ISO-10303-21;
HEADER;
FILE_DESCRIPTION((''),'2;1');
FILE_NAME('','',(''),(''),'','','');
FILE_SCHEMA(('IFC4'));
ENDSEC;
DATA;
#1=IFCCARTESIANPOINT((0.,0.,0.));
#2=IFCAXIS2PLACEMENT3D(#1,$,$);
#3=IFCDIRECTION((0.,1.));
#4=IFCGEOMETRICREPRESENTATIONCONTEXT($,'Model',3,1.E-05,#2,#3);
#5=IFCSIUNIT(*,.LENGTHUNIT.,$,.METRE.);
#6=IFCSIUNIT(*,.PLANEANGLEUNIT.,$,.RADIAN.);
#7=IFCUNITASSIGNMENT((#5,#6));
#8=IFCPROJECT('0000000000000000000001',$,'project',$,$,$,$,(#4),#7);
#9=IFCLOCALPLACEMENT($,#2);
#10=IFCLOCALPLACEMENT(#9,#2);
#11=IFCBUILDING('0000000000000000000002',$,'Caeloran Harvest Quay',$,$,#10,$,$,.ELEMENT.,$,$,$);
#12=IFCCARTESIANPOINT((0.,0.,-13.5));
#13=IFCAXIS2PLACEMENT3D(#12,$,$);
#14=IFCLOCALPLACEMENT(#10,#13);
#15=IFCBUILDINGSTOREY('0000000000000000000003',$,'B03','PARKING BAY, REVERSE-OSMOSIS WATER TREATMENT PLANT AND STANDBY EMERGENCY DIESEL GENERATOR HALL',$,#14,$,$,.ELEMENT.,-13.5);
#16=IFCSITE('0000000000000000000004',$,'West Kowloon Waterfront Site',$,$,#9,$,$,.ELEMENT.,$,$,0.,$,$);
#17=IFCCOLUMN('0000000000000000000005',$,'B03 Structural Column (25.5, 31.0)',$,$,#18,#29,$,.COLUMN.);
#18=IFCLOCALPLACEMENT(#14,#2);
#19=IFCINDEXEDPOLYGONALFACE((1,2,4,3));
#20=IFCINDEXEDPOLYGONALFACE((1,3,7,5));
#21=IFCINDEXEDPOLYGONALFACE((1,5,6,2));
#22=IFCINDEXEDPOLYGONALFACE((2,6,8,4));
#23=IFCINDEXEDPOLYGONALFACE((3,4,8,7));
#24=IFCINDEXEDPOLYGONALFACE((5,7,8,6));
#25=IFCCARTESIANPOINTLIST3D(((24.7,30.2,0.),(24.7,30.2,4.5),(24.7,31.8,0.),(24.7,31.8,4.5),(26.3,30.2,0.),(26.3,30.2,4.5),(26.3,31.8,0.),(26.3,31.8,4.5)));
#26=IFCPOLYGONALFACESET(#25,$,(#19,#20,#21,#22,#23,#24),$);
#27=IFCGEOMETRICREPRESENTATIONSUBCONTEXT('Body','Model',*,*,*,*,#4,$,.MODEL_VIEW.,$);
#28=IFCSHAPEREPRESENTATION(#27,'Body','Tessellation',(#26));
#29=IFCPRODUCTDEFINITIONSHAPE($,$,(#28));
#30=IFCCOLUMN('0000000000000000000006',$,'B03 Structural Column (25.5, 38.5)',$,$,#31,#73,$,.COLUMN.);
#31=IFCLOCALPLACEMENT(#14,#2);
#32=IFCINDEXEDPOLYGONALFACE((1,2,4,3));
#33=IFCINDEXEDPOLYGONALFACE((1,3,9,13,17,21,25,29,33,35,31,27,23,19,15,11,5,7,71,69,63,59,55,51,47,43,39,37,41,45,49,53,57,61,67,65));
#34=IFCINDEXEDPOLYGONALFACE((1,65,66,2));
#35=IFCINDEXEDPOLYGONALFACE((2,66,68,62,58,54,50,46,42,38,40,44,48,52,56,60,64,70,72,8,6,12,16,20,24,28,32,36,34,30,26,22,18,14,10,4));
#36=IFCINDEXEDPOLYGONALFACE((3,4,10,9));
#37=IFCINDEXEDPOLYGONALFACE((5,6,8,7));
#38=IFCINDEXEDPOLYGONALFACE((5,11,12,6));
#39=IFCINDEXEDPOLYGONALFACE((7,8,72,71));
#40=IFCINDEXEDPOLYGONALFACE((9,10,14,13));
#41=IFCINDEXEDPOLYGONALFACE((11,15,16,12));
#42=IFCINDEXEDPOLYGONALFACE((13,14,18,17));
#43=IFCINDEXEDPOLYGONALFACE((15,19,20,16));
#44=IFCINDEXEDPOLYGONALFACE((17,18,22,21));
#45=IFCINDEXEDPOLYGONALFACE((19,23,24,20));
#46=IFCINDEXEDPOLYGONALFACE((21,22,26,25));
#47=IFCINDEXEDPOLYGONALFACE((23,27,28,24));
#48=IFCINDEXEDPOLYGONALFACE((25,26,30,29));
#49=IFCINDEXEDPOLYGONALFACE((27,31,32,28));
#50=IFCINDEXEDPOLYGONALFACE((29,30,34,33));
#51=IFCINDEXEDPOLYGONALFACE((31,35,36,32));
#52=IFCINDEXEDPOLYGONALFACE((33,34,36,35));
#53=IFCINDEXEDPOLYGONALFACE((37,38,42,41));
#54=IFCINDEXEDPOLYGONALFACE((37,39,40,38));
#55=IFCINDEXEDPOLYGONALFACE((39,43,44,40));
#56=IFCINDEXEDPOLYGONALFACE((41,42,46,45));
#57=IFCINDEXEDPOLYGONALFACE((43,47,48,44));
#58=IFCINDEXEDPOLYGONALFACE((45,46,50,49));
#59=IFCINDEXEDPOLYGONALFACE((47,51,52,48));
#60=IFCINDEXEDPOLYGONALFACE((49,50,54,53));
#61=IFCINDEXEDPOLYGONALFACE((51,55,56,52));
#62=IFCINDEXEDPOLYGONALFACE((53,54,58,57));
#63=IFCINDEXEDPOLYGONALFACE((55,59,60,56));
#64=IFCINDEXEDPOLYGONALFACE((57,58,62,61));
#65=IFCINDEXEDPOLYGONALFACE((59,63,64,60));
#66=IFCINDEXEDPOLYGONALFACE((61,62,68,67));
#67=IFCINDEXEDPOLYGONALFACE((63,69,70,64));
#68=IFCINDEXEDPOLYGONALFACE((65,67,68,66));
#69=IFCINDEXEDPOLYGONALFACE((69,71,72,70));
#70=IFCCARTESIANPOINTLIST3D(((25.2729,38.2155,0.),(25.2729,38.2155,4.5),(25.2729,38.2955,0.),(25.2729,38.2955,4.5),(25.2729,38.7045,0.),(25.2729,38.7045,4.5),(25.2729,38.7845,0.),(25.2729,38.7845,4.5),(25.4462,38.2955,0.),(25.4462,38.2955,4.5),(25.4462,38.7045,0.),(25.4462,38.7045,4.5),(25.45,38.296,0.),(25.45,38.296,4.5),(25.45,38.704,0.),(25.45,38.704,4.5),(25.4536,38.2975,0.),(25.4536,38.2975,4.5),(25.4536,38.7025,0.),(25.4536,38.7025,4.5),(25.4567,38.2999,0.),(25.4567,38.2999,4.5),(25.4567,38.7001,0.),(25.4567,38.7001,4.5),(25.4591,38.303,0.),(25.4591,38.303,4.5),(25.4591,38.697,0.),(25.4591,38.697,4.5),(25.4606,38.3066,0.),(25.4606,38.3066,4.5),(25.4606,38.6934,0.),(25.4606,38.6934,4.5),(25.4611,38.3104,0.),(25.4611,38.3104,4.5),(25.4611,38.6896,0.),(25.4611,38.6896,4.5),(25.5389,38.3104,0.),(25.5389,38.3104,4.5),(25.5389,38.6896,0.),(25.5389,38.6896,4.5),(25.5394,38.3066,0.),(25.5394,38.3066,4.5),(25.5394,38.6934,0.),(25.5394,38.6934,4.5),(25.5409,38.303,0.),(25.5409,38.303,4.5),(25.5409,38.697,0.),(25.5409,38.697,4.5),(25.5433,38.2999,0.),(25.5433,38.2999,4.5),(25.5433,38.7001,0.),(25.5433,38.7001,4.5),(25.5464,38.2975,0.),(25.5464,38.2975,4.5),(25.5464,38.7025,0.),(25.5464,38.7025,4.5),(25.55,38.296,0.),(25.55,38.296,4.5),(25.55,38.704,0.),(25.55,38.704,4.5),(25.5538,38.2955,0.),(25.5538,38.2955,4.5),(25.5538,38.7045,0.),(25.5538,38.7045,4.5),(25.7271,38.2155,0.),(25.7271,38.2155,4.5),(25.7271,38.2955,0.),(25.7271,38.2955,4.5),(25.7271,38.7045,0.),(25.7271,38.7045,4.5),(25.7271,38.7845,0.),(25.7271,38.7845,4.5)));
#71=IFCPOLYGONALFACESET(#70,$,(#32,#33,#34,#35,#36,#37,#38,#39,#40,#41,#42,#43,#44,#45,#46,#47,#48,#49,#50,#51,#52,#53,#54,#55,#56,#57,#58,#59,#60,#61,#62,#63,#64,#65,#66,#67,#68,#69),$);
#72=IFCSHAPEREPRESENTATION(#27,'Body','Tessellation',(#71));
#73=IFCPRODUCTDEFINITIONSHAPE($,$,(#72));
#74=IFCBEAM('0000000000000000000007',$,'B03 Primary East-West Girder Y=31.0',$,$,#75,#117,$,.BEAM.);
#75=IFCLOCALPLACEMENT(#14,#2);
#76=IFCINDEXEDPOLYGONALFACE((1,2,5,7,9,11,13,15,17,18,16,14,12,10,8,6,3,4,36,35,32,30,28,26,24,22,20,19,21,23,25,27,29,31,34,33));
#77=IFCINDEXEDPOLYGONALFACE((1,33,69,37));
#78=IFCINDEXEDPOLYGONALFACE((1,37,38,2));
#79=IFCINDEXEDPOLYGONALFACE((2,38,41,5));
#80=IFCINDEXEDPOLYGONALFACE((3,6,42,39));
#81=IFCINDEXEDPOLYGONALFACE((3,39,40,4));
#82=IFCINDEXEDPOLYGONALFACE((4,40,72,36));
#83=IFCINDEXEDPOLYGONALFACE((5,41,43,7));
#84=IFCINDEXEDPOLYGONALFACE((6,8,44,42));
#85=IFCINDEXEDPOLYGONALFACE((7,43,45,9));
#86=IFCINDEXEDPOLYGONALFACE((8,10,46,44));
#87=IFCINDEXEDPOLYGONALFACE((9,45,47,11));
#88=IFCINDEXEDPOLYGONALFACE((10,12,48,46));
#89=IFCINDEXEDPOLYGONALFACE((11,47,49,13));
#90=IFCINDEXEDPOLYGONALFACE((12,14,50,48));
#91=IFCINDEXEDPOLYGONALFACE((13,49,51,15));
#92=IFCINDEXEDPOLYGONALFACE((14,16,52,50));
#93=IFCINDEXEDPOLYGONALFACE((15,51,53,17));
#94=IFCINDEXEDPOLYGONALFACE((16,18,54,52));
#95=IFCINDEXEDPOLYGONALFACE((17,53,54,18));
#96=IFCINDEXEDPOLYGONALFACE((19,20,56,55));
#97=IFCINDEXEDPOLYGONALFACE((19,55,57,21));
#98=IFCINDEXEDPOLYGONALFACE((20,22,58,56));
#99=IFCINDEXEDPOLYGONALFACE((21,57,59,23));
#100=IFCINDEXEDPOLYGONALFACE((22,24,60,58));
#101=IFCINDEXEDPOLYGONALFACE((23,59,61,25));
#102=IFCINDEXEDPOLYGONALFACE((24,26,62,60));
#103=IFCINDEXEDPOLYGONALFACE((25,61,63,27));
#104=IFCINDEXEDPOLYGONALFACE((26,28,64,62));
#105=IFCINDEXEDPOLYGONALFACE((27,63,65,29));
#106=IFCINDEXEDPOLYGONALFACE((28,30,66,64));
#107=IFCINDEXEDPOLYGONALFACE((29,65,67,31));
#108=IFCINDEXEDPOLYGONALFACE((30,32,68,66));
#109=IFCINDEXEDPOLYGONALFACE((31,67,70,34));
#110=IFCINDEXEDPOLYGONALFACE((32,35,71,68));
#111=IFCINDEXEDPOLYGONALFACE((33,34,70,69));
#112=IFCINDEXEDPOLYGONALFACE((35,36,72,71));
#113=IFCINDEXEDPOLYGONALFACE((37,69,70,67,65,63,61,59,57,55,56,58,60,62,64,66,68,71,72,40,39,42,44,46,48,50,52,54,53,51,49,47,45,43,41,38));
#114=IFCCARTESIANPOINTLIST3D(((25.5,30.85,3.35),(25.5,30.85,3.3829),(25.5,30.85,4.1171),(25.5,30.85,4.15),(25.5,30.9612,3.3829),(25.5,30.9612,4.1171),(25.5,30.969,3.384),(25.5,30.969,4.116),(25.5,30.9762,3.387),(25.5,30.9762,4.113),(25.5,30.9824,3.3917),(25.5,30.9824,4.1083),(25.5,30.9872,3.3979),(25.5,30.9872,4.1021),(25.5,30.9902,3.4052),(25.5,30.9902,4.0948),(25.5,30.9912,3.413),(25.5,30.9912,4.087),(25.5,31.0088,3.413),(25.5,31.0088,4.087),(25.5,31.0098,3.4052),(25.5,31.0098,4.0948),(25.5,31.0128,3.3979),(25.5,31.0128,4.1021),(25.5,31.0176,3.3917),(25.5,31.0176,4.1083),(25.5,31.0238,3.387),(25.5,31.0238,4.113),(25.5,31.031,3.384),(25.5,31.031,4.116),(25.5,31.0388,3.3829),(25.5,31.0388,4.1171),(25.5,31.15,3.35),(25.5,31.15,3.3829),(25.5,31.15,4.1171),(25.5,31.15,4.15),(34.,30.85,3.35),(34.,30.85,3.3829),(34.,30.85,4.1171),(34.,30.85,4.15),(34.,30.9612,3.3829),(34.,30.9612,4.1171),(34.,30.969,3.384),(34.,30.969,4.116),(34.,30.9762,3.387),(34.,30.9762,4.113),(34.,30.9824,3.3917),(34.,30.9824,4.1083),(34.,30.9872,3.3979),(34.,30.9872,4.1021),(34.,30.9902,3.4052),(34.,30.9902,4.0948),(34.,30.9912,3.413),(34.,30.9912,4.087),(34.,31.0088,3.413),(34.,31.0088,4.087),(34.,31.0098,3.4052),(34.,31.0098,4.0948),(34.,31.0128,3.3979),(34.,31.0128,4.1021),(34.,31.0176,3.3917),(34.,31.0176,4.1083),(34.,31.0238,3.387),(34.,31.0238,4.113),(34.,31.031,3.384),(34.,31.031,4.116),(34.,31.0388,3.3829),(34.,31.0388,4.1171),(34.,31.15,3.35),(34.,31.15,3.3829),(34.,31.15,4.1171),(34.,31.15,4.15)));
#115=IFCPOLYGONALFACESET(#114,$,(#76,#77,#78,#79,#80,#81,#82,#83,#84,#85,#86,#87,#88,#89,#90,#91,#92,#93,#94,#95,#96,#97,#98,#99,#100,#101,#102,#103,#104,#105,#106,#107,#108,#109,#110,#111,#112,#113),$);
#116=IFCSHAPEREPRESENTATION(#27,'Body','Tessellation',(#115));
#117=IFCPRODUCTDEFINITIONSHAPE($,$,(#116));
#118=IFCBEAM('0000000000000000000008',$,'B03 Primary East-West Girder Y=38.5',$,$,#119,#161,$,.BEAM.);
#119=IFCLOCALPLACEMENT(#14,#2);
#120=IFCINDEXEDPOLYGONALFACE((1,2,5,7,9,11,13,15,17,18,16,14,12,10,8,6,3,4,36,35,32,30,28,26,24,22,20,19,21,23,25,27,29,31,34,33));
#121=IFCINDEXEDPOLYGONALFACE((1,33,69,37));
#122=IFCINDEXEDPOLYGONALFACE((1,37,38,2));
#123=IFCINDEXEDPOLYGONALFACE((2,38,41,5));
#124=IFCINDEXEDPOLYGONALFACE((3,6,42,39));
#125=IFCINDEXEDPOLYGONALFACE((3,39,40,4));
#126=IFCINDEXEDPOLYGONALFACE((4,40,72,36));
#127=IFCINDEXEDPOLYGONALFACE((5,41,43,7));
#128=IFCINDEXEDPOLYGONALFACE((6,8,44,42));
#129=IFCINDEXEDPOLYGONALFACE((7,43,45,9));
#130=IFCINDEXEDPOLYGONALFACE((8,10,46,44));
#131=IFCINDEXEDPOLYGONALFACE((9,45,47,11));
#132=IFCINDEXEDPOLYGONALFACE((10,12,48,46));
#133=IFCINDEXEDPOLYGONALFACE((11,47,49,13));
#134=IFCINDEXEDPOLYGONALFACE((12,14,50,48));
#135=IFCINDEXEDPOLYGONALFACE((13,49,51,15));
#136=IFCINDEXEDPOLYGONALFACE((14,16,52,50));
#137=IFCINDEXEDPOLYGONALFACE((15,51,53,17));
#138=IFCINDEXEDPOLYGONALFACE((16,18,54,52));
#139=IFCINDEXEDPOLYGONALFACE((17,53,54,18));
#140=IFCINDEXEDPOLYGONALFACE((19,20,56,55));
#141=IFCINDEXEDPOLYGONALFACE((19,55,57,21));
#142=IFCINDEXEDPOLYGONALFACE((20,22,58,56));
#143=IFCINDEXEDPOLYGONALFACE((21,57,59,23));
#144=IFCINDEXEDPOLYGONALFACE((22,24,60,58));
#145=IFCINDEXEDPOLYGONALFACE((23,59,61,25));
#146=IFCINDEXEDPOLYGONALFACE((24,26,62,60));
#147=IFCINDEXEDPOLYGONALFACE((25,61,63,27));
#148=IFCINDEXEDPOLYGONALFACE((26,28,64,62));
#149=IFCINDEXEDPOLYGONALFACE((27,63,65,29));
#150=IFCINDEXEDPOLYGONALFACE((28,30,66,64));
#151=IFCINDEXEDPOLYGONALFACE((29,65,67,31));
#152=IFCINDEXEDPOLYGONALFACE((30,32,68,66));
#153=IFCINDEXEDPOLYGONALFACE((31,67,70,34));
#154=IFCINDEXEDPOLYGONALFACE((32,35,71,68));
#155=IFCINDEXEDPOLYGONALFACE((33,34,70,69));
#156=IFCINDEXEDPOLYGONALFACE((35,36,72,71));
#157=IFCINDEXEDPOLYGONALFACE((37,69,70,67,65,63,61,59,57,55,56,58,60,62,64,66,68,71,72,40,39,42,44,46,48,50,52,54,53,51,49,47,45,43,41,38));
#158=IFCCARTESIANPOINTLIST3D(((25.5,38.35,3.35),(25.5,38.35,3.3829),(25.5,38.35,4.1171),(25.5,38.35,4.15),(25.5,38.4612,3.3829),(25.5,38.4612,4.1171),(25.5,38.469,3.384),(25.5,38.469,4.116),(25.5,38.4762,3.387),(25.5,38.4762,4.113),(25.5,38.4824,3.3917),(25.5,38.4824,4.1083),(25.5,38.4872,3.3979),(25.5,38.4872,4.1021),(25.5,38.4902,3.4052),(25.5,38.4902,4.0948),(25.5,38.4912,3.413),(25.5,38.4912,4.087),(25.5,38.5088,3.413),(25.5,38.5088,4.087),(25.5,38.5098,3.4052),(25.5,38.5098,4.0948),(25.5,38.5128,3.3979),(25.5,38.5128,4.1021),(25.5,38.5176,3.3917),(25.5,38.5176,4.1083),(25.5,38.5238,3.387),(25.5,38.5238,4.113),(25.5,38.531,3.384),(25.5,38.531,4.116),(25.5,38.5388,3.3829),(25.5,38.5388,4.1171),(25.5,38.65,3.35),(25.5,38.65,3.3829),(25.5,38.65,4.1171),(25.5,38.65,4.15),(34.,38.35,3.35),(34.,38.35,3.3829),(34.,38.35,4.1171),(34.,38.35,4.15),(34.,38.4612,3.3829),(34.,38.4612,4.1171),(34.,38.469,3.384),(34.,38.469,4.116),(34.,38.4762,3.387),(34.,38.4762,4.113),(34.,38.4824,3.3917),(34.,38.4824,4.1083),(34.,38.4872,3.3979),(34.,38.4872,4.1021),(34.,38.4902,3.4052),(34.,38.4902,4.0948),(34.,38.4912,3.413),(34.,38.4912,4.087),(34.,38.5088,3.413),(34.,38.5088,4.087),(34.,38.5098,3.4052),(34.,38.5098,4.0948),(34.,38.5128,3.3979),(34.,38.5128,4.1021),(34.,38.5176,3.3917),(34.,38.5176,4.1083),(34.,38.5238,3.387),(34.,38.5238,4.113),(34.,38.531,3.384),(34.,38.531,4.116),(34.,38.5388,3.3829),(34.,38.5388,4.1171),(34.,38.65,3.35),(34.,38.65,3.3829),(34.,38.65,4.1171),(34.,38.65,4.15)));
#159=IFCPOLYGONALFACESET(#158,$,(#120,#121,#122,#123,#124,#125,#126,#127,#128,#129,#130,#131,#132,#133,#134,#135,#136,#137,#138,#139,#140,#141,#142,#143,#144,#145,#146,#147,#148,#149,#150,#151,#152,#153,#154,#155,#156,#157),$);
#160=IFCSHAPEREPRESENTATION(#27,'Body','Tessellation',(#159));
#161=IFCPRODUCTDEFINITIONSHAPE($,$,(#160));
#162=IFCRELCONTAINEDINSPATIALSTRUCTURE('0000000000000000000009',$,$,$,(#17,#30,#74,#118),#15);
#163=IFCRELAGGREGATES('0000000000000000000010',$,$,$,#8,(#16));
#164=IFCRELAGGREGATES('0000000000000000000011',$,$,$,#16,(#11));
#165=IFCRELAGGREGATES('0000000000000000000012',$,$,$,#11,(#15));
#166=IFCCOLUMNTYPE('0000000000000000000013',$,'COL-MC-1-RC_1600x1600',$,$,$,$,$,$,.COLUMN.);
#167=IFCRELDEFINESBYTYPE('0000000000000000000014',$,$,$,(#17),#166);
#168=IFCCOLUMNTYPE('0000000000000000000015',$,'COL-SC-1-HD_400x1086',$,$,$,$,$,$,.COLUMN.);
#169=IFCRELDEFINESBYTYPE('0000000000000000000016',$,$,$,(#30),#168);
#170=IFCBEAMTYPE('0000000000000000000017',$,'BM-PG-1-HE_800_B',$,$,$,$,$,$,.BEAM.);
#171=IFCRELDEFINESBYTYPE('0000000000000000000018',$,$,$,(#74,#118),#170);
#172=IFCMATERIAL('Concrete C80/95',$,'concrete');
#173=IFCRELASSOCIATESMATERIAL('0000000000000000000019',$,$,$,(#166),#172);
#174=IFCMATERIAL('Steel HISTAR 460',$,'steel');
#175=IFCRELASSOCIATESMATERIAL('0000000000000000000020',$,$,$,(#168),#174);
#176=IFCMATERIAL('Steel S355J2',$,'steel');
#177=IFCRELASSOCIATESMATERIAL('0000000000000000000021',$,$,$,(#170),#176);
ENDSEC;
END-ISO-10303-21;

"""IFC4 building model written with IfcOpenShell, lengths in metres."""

from ifc_helpers import new_model, si_unit, direction, frame, origin, origin_2d, place, context, subcontext, project, spatial, rectangle, i_section, extrude, material, material_profile, profile_set, type_object, element, save


model = new_model("IFC4")

# Units and contexts
model_context = context("Model", 3, precision=1e-05, world=origin(), true_north=direction((0.0, 1.0)))
body_context = subcontext(model_context, "Body", "Model", "MODEL_VIEW")
ifc_project = project(units=[si_unit("LENGTHUNIT", "METRE"), si_unit("PLANEANGLEUNIT", "RADIAN")], contexts=[model_context])

# Site, building, storey
site_placement = place(None, origin())
site = spatial("IfcSite", under=ifc_project, at=site_placement, Name="West Kowloon Waterfront Site", CompositionType="ELEMENT", RefElevation=0.0)
building_placement = place(site_placement, origin())
building = spatial("IfcBuilding", under=site, at=building_placement, Name="Caeloran Harvest Quay", CompositionType="ELEMENT")
storey_placement = place(building_placement, frame((0.0, 0.0, -13.5)))
storey = spatial("IfcBuildingStorey", under=building, at=storey_placement, Name="B03", Description="PARKING BAY, REVERSE-OSMOSIS WATER TREATMENT PLANT AND STANDBY EMERGENCY DIESEL GENERATOR HALL", CompositionType="ELEMENT", Elevation=-13.5)

# Columns
ifc_material_1 = material(Name="Concrete C80/95", Category="concrete")
ifc_material_profile_1 = material_profile(ifc_material_1, rectangle(XDim=1.6001, YDim=1.6001, at=origin_2d()), Name="RC 1600x1600")
ifc_profile_set_1 = profile_set([ifc_material_profile_1], Name="Concrete C80/95")
column_type_1 = type_object("IfcColumnType", Name="COL-MC-1-RC_1600x1600", PredefinedType="COLUMN", material=ifc_profile_set_1)
column_1_placement = place(storey_placement, frame((25.5, 31.0, 0.0), z_axis=(0.0, 0.0, 1.0), x_axis=(1.0, 0.0, 0.0)))
element("IfcColumn", 1, at=column_1_placement, inside=storey, type_object=column_type_1, Name="B03 Structural Column (25.5, 31.0)", PredefinedType="COLUMN", context=body_context, shape_type="SweptSolid", body=[
    extrude(rectangle(XDim=1.6001, YDim=1.6001, at=origin_2d()), origin(), (0.0, 0.0, 1.0), 4.5),
])
ifc_material_2 = material(Name="Steel HISTAR 460", Category="steel")
ifc_material_profile_2 = material_profile(ifc_material_2, i_section(OverallWidth=0.4541, OverallDepth=0.5691, WebThickness=0.0779, FlangeThickness=0.0801, FilletRadius=0.0149, at=origin_2d()), Name="HD 400x1086")
ifc_profile_set_2 = profile_set([ifc_material_profile_2], Name="Steel HISTAR 460")
column_type_2 = type_object("IfcColumnType", Name="COL-SC-1-HD_400x1086", PredefinedType="COLUMN", material=ifc_profile_set_2)
column_2_placement = place(storey_placement, frame((25.5, 38.5, 0.0), z_axis=(0.0, 0.0, 1.0), x_axis=(1.0, 0.0, 0.0)))
element("IfcColumn", 2, at=column_2_placement, inside=storey, type_object=column_type_2, Name="B03 Structural Column (25.5, 38.5)", PredefinedType="COLUMN", context=body_context, shape_type="SweptSolid", body=[
    extrude(i_section(OverallWidth=0.4541, OverallDepth=0.5691, WebThickness=0.0779, FlangeThickness=0.0801, FilletRadius=0.0149, at=origin_2d()), origin(), (0.0, 0.0, 1.0), 4.5),
])

# Beams
ifc_material_3 = material(Name="Steel S355J2", Category="steel")
ifc_material_profile_3 = material_profile(ifc_material_3, i_section(OverallWidth=0.3, OverallDepth=0.8, WebThickness=0.0176, FlangeThickness=0.033, FilletRadius=0.03, at=origin_2d()), Name="HE 800 B")
ifc_profile_set_3 = profile_set([ifc_material_profile_3], Name="Steel S355J2")
beam_type_1 = type_object("IfcBeamType", Name="BM-PG-1-HE_800_B", PredefinedType="BEAM", material=ifc_profile_set_3)
for number, where, z_axis, x_axis, name in (
    (3, (25.5, 31.0, 3.75), (1.0, 0.0, 0.0), (0.0, 1.0, 0.0), "B03 Primary East-West Girder Y=31.0"),
    (4, (25.5, 38.5, 3.75), (1.0, 0.0, 0.0), (0.0, 1.0, 0.0), "B03 Primary East-West Girder Y=38.5"),
):
    element("IfcBeam", number, at=place(storey_placement, frame(where, z_axis=z_axis, x_axis=x_axis)), inside=storey, type_object=beam_type_1, Name=name, PredefinedType="BEAM", context=body_context, shape_type="SweptSolid", body=[
        extrude(i_section(OverallWidth=0.3, OverallDepth=0.8, WebThickness=0.0176, FlangeThickness=0.033, FilletRadius=0.03, at=origin_2d()), origin(), (0.0, 0.0, 1.0), 8.5),
    ])

save(model, "model.ifc")
